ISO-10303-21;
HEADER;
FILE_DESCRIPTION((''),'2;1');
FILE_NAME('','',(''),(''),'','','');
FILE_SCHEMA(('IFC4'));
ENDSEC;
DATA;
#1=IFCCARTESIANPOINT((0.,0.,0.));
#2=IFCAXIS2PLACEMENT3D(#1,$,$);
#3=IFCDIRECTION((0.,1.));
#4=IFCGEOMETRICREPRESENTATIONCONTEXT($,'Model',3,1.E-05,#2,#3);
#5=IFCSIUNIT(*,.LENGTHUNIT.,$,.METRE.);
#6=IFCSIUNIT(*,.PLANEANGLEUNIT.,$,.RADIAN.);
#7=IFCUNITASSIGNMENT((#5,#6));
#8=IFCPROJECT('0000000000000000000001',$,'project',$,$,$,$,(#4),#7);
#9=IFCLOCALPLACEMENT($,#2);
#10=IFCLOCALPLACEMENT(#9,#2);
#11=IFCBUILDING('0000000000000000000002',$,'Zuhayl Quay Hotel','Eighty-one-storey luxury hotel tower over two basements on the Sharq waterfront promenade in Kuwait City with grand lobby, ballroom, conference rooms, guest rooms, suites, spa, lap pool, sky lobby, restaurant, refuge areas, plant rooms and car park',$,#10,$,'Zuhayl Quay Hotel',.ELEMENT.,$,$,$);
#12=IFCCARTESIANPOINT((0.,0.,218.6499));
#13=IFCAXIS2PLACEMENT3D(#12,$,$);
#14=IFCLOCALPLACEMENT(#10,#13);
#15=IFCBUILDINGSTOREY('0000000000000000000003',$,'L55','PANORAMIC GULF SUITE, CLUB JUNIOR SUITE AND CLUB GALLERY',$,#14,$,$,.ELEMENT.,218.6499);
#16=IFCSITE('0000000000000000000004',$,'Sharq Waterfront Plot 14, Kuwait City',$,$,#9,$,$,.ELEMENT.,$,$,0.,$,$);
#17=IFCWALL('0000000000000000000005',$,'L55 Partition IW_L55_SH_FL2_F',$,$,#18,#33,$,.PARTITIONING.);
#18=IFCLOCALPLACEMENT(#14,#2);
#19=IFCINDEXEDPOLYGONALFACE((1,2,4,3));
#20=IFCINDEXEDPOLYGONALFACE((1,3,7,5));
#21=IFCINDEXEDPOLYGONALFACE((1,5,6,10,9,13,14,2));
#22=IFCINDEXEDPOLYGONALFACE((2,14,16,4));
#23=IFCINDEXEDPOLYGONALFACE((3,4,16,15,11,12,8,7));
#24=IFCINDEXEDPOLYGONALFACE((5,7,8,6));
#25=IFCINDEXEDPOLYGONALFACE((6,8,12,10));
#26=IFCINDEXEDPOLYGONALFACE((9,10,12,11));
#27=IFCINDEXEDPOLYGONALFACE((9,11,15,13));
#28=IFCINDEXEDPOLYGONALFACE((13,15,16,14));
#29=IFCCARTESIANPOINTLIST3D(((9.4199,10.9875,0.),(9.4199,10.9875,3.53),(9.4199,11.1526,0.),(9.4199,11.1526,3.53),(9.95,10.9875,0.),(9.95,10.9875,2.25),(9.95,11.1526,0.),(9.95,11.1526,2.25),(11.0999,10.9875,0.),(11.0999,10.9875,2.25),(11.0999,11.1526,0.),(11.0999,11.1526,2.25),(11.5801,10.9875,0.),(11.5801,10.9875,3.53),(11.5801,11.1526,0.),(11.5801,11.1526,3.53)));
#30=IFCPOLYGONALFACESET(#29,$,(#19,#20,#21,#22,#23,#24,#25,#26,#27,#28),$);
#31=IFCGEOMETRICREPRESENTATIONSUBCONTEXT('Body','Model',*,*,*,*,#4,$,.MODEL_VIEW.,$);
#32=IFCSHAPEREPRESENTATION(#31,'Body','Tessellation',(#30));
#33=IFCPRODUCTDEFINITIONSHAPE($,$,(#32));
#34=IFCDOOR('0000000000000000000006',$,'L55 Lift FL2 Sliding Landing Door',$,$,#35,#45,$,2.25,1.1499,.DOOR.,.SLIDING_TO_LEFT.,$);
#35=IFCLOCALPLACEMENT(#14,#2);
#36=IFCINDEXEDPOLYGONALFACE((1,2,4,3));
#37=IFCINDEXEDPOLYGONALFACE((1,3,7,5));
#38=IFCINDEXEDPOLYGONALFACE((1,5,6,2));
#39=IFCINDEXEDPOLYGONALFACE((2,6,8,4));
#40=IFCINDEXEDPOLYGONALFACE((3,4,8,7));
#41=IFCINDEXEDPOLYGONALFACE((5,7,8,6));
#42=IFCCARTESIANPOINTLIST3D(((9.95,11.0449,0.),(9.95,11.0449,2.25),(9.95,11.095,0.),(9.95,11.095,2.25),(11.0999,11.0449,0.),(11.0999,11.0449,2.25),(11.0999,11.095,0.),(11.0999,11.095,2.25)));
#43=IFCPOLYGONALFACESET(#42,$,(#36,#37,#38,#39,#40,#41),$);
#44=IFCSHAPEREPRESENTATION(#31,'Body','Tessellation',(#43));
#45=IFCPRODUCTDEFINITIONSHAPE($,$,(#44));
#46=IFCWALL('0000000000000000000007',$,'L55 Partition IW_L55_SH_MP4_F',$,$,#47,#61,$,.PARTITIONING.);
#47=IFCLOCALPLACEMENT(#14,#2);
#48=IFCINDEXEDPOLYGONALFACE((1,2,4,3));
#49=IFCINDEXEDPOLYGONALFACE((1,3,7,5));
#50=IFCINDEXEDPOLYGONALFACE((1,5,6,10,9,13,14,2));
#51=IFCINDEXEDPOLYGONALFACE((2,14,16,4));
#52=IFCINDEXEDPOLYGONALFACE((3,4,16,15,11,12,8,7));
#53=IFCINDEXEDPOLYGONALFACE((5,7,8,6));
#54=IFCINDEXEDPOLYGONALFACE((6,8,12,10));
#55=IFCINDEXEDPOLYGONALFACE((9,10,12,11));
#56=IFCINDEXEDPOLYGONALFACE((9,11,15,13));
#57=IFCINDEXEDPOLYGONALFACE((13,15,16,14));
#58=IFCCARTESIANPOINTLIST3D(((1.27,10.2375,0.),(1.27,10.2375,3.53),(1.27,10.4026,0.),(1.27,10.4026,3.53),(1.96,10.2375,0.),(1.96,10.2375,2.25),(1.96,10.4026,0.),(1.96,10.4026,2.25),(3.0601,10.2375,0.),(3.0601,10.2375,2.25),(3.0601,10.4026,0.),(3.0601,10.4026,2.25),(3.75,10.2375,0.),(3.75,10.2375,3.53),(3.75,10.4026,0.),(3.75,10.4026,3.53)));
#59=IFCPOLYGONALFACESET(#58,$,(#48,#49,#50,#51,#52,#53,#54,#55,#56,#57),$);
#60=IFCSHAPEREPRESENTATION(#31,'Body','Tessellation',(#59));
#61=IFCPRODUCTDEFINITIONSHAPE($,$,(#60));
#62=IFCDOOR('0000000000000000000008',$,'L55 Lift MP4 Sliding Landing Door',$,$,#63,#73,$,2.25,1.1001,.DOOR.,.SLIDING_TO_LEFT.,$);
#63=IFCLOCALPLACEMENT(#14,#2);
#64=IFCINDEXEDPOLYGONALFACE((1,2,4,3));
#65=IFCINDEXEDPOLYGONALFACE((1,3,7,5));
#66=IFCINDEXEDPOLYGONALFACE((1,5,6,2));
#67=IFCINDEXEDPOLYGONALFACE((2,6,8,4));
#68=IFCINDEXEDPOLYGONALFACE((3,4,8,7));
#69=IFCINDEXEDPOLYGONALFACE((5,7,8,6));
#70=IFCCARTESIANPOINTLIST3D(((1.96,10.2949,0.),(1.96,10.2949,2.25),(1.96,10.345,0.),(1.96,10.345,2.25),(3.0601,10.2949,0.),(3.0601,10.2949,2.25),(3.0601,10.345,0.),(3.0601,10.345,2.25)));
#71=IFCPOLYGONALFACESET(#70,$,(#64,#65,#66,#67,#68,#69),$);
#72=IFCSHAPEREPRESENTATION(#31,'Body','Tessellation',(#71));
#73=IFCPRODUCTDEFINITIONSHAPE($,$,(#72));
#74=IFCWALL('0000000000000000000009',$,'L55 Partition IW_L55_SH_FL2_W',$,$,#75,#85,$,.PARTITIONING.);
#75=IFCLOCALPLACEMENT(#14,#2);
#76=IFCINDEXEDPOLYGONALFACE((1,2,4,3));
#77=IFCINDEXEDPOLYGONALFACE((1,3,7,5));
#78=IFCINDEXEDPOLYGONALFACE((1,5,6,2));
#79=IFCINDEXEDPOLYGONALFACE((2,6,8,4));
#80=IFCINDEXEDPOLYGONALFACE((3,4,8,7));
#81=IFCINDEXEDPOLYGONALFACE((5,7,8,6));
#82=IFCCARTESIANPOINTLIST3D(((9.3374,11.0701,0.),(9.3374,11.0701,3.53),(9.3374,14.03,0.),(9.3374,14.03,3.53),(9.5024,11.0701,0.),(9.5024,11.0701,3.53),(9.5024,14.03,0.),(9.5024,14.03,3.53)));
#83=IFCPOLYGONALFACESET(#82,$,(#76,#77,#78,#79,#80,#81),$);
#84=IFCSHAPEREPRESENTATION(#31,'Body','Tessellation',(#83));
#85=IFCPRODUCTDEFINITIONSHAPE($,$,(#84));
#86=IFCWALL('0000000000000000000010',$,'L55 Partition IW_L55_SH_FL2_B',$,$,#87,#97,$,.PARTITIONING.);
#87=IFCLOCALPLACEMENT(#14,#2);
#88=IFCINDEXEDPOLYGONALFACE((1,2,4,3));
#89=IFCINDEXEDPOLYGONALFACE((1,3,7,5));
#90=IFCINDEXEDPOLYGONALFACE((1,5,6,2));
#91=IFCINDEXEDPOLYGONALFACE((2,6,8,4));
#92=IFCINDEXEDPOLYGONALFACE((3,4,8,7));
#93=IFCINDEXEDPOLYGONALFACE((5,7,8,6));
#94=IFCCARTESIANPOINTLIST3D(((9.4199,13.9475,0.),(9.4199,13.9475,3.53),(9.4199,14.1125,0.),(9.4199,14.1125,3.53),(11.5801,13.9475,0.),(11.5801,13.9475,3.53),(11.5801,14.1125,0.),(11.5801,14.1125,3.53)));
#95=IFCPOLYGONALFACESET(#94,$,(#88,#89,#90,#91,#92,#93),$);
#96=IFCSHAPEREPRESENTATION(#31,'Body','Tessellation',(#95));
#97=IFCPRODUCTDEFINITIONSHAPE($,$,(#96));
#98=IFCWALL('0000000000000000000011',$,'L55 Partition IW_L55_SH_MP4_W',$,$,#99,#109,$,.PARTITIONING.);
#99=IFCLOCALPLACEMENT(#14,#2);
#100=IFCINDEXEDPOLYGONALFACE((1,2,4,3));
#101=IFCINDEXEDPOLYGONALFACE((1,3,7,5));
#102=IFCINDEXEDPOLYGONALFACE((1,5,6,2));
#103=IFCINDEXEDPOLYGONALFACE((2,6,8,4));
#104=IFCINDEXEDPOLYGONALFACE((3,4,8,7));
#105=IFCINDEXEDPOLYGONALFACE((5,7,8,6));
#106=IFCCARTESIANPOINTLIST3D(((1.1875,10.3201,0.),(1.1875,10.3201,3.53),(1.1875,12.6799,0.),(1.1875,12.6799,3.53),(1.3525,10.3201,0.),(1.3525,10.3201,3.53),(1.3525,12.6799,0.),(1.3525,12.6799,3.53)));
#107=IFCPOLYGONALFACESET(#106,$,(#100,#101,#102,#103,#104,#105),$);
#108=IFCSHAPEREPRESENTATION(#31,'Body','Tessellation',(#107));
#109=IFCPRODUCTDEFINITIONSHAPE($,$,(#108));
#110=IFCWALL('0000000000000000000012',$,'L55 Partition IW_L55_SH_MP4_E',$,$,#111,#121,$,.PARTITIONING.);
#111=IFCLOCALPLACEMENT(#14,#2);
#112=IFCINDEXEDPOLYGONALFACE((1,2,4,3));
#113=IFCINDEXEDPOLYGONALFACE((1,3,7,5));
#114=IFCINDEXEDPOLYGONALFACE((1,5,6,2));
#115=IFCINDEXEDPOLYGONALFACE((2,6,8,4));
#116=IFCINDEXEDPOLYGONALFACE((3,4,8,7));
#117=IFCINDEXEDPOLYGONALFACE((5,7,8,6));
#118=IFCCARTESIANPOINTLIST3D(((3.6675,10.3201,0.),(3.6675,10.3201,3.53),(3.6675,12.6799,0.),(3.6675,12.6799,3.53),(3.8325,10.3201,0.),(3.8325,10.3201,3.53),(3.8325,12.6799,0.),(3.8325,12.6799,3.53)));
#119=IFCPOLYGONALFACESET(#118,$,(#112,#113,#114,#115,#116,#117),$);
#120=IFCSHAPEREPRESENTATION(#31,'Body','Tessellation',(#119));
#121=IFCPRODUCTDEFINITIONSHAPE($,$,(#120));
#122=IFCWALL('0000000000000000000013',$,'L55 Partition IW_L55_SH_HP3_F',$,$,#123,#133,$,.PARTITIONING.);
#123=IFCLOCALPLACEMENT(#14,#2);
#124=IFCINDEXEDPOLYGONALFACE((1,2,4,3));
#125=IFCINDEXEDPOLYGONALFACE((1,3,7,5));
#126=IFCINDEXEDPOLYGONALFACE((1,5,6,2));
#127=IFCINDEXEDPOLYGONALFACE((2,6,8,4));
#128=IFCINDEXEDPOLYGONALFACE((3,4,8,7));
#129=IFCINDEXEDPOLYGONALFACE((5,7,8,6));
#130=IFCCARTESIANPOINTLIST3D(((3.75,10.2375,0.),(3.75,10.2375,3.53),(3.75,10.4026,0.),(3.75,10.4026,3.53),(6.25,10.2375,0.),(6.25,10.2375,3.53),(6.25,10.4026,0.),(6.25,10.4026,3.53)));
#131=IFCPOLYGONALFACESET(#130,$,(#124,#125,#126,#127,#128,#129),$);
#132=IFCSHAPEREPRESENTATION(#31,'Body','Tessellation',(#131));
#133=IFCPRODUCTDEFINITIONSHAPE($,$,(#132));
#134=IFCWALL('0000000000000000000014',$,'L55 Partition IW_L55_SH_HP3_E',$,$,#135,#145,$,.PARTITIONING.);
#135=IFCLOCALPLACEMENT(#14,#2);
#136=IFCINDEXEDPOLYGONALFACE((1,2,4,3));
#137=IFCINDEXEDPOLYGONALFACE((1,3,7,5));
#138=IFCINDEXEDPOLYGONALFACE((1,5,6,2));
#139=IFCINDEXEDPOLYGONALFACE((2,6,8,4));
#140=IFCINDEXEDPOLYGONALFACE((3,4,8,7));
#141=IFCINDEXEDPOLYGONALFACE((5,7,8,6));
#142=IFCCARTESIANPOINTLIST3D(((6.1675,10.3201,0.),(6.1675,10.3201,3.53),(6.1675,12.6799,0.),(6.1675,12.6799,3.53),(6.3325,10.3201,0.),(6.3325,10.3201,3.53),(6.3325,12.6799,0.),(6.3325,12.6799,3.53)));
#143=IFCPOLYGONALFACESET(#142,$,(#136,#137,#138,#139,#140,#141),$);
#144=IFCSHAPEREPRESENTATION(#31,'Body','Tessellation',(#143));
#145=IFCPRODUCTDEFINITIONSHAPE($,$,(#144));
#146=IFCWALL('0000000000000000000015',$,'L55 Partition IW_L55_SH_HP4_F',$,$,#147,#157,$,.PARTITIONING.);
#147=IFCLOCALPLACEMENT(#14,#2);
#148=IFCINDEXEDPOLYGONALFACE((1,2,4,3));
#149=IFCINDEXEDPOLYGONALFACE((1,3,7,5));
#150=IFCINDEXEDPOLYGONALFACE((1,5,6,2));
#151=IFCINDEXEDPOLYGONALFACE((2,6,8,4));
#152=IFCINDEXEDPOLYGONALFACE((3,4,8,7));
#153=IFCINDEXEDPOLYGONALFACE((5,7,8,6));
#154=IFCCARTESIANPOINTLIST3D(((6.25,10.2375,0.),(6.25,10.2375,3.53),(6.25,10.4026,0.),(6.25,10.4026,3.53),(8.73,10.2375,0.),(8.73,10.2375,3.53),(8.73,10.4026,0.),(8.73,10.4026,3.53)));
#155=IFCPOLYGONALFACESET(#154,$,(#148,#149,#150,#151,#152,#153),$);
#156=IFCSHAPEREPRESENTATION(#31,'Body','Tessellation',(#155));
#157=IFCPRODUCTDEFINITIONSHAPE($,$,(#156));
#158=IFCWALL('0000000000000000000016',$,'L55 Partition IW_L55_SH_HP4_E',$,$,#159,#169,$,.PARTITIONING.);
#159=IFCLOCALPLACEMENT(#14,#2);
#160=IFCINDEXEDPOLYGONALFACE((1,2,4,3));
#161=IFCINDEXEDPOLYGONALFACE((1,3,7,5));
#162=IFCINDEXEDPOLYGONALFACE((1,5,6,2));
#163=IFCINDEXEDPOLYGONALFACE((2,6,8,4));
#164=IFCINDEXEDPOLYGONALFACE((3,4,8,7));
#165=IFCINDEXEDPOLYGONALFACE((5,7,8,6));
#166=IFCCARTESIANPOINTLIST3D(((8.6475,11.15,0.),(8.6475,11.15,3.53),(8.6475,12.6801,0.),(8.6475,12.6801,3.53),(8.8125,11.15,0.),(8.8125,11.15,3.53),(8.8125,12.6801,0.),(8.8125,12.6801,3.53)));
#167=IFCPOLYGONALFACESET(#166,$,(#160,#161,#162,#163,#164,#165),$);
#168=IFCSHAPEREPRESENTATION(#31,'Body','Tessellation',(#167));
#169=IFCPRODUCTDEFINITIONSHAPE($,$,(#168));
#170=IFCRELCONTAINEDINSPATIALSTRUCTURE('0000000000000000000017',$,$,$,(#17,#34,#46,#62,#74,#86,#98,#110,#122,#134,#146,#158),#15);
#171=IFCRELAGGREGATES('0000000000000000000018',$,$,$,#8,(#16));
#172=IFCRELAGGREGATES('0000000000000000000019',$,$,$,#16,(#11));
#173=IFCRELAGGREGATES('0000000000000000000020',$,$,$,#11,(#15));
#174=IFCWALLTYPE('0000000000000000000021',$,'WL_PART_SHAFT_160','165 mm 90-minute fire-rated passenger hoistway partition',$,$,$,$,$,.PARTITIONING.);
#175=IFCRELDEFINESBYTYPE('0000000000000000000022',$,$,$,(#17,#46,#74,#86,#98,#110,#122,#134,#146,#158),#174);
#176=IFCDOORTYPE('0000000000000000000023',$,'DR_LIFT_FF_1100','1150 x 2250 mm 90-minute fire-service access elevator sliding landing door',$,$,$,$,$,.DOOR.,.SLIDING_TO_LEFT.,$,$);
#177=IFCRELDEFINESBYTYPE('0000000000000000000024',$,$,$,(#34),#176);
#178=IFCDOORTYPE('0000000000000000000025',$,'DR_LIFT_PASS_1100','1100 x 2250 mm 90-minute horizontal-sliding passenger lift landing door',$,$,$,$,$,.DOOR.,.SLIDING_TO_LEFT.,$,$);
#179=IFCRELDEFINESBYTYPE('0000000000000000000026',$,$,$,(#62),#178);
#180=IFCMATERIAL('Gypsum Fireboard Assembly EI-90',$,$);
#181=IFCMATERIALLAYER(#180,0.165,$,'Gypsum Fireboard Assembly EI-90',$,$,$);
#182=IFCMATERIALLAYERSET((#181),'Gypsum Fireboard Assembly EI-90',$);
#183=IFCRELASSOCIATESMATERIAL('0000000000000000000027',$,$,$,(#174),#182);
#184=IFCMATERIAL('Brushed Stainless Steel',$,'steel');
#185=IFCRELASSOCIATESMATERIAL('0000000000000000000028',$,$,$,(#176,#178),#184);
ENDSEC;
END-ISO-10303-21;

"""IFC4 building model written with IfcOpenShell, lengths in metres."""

from ifc_helpers import new_model, si_unit, direction, frame, frame_2d, origin, place, context, subcontext, project, spatial, rectangle, extrude, material, layer, layer_set, type_object, element, fill, save


model = new_model("IFC4")

# Units and contexts
model_context = context("Model", 3, precision=1e-05, world=origin(), true_north=direction((0.0, 1.0)))
body_context = subcontext(model_context, "Body", "Model", "MODEL_VIEW")
ifc_project = project(units=[si_unit("LENGTHUNIT", "METRE"), si_unit("PLANEANGLEUNIT", "RADIAN")], contexts=[model_context])

# Site, building, storey
site_placement = place(None, origin())
site = spatial("IfcSite", under=ifc_project, at=site_placement, Name="Sharq Waterfront Plot 14, Kuwait City", CompositionType="ELEMENT", RefElevation=0.0)
building_placement = place(site_placement, origin())
building = spatial("IfcBuilding", under=site, at=building_placement, Name="Zuhayl Quay Hotel", Description="Eighty-one-storey luxury hotel tower over two basements on the Sharq waterfront promenade in Kuwait City with grand lobby, ballroom, conference rooms, guest rooms, suites, spa, lap pool, sky lobby, restaurant, refuge areas, plant rooms and car park", LongName="Zuhayl Quay Hotel", CompositionType="ELEMENT")
storey_placement = place(building_placement, frame((0.0, 0.0, 218.6499)))
storey = spatial("IfcBuildingStorey", under=building, at=storey_placement, Name="L55", Description="PANORAMIC GULF SUITE, CLUB JUNIOR SUITE AND CLUB GALLERY", CompositionType="ELEMENT", Elevation=218.6499)

# Walls, openings, doors
ifc_material_1 = material(Name="Gypsum Fireboard Assembly EI-90")
ifc_layer_1 = layer(ifc_material_1, 0.165, Name="Gypsum Fireboard Assembly EI-90")
ifc_layer_set_1 = layer_set([ifc_layer_1], Name="Gypsum Fireboard Assembly EI-90")
wall_type_1 = type_object("IfcWallType", Name="WL_PART_SHAFT_160", Description="165 mm 90-minute fire-rated passenger hoistway partition", PredefinedType="PARTITIONING", material=ifc_layer_set_1)
wall_1_placement = place(storey_placement, frame((9.4199, 11.0701, 0.0), z_axis=(0.0, 0.0, 1.0), x_axis=(1.0, 0.0, 0.0)))
wall_1 = element("IfcWall", 1, at=wall_1_placement, inside=storey, type_object=wall_type_1, Name="L55 Partition IW_L55_SH_FL2_F", PredefinedType="PARTITIONING", context=body_context, shape_type="SweptSolid", body=[
    extrude(rectangle(XDim=2.1602, YDim=0.165, at=frame_2d((1.0801, 0.0))), origin(), (0.0, 0.0, 1.0), 3.53),
])
opening_1_placement = place(wall_1_placement, frame((0.53, 0.0, 0.0)))
opening_1 = element("IfcOpeningElement", 2, at=opening_1_placement, cuts=wall_1, PredefinedType="OPENING", context=body_context, shape_type="SweptSolid", body=[
    extrude(rectangle(XDim=1.1499, YDim=2.25, at=frame_2d((0.575, 1.125))), frame((0.0, 0.0925, 0.0), z_axis=(0.0, -1.0, 0.0), x_axis=(1.0, 0.0, 0.0)), (0.0, 0.0, 1.0), 0.1851),
])
ifc_material_2 = material(Name="Brushed Stainless Steel", Category="steel")
door_type_1 = type_object("IfcDoorType", Name="DR_LIFT_FF_1100", Description="1150 x 2250 mm 90-minute fire-service access elevator sliding landing door", OperationType="SLIDING_TO_LEFT", PredefinedType="DOOR", material=ifc_material_2)
door_1_placement = place(opening_1_placement, origin())
door_1 = element("IfcDoor", 3, at=door_1_placement, inside=storey, type_object=door_type_1, Name="L55 Lift FL2 Sliding Landing Door", OperationType="SLIDING_TO_LEFT", OverallHeight=2.25, OverallWidth=1.1499, PredefinedType="DOOR", context=body_context, shape_type="SweptSolid", body=[
    extrude(rectangle(XDim=1.1499, YDim=2.25, at=frame_2d((0.575, 1.125))), frame((0.0, 0.0249, 0.0), z_axis=(0.0, -1.0, 0.0), x_axis=(1.0, 0.0, 0.0)), (0.0, 0.0, 1.0), 0.05),
])
fill(opening_1, door_1)
wall_2_placement = place(storey_placement, frame((1.27, 10.3201, 0.0), z_axis=(0.0, 0.0, 1.0), x_axis=(1.0, 0.0, 0.0)))
wall_2 = element("IfcWall", 4, at=wall_2_placement, inside=storey, type_object=wall_type_1, Name="L55 Partition IW_L55_SH_MP4_F", PredefinedType="PARTITIONING", context=body_context, shape_type="SweptSolid", body=[
    extrude(rectangle(XDim=2.48, YDim=0.165, at=frame_2d((1.24, 0.0))), origin(), (0.0, 0.0, 1.0), 3.53),
])
opening_2_placement = place(wall_2_placement, frame((0.6899, 0.0, 0.0)))
opening_2 = element("IfcOpeningElement", 5, at=opening_2_placement, cuts=wall_2, PredefinedType="OPENING", context=body_context, shape_type="SweptSolid", body=[
    extrude(rectangle(XDim=1.1001, YDim=2.25, at=frame_2d((0.55, 1.125))), frame((0.0, 0.0925, 0.0), z_axis=(0.0, -1.0, 0.0), x_axis=(1.0, 0.0, 0.0)), (0.0, 0.0, 1.0), 0.1851),
])
door_type_2 = type_object("IfcDoorType", Name="DR_LIFT_PASS_1100", Description="1100 x 2250 mm 90-minute horizontal-sliding passenger lift landing door", OperationType="SLIDING_TO_LEFT", PredefinedType="DOOR", material=ifc_material_2)
door_2_placement = place(opening_2_placement, origin())
door_2 = element("IfcDoor", 6, at=door_2_placement, inside=storey, type_object=door_type_2, Name="L55 Lift MP4 Sliding Landing Door", OperationType="SLIDING_TO_LEFT", OverallHeight=2.25, OverallWidth=1.1001, PredefinedType="DOOR", context=body_context, shape_type="SweptSolid", body=[
    extrude(rectangle(XDim=1.1001, YDim=2.25, at=frame_2d((0.55, 1.125))), frame((0.0, 0.0249, 0.0), z_axis=(0.0, -1.0, 0.0), x_axis=(1.0, 0.0, 0.0)), (0.0, 0.0, 1.0), 0.05),
])
fill(opening_2, door_2)

# Walls
wall_3_placement = place(storey_placement, frame((9.4199, 11.0701, 0.0), z_axis=(0.0, 0.0, 1.0), x_axis=(0.0, 1.0, 0.0)))
element("IfcWall", 7, at=wall_3_placement, inside=storey, type_object=wall_type_1, Name="L55 Partition IW_L55_SH_FL2_W", PredefinedType="PARTITIONING", context=body_context, shape_type="SweptSolid", body=[
    extrude(rectangle(XDim=2.96, YDim=0.165, at=frame_2d((1.48, 0.0))), origin(), (0.0, 0.0, 1.0), 3.53),
])
wall_4_placement = place(storey_placement, frame((9.4199, 14.03, 0.0), z_axis=(0.0, 0.0, 1.0), x_axis=(1.0, 0.0, 0.0)))
element("IfcWall", 8, at=wall_4_placement, inside=storey, type_object=wall_type_1, Name="L55 Partition IW_L55_SH_FL2_B", PredefinedType="PARTITIONING", context=body_context, shape_type="SweptSolid", body=[
    extrude(rectangle(XDim=2.1602, YDim=0.165, at=frame_2d((1.0801, 0.0))), origin(), (0.0, 0.0, 1.0), 3.53),
])
for number, where, z_axis, x_axis, name in (
    (9, (1.27, 10.3201, 0.0), (0.0, 0.0, 1.0), (0.0, 1.0, 0.0), "L55 Partition IW_L55_SH_MP4_W"),
    (10, (3.75, 10.3201, 0.0), (0.0, 0.0, 1.0), (0.0, 1.0, 0.0), "L55 Partition IW_L55_SH_MP4_E"),
):
    element("IfcWall", number, at=place(storey_placement, frame(where, z_axis=z_axis, x_axis=x_axis)), inside=storey, type_object=wall_type_1, Name=name, PredefinedType="PARTITIONING", context=body_context, shape_type="SweptSolid", body=[
        extrude(rectangle(XDim=2.3599, YDim=0.165, at=frame_2d((1.1799, 0.0))), origin(), (0.0, 0.0, 1.0), 3.53),
    ])
wall_5_placement = place(storey_placement, frame((3.75, 10.3201, 0.0), z_axis=(0.0, 0.0, 1.0), x_axis=(1.0, 0.0, 0.0)))
element("IfcWall", 11, at=wall_5_placement, inside=storey, type_object=wall_type_1, Name="L55 Partition IW_L55_SH_HP3_F", PredefinedType="PARTITIONING", context=body_context, shape_type="SweptSolid", body=[
    extrude(rectangle(XDim=2.5, YDim=0.165, at=frame_2d((1.25, 0.0))), origin(), (0.0, 0.0, 1.0), 3.53),
])
wall_6_placement = place(storey_placement, frame((6.25, 10.3201, 0.0), z_axis=(0.0, 0.0, 1.0), x_axis=(0.0, 1.0, 0.0)))
element("IfcWall", 12, at=wall_6_placement, inside=storey, type_object=wall_type_1, Name="L55 Partition IW_L55_SH_HP3_E", PredefinedType="PARTITIONING", context=body_context, shape_type="SweptSolid", body=[
    extrude(rectangle(XDim=2.3599, YDim=0.165, at=frame_2d((1.1799, 0.0))), origin(), (0.0, 0.0, 1.0), 3.53),
])
wall_7_placement = place(storey_placement, frame((6.25, 10.3201, 0.0), z_axis=(0.0, 0.0, 1.0), x_axis=(1.0, 0.0, 0.0)))
element("IfcWall", 13, at=wall_7_placement, inside=storey, type_object=wall_type_1, Name="L55 Partition IW_L55_SH_HP4_F", PredefinedType="PARTITIONING", context=body_context, shape_type="SweptSolid", body=[
    extrude(rectangle(XDim=2.48, YDim=0.165, at=frame_2d((1.24, 0.0))), origin(), (0.0, 0.0, 1.0), 3.53),
])
wall_8_placement = place(storey_placement, frame((8.73, 11.1499, 0.0), z_axis=(0.0, 0.0, 1.0), x_axis=(0.0, 1.0, 0.0)))
element("IfcWall", 14, at=wall_8_placement, inside=storey, type_object=wall_type_1, Name="L55 Partition IW_L55_SH_HP4_E", PredefinedType="PARTITIONING", context=body_context, shape_type="SweptSolid", body=[
    extrude(rectangle(XDim=1.53, YDim=0.165, at=frame_2d((0.7651, 0.0))), origin(), (0.0, 0.0, 1.0), 3.53),
])

save(model, "model.ifc")
